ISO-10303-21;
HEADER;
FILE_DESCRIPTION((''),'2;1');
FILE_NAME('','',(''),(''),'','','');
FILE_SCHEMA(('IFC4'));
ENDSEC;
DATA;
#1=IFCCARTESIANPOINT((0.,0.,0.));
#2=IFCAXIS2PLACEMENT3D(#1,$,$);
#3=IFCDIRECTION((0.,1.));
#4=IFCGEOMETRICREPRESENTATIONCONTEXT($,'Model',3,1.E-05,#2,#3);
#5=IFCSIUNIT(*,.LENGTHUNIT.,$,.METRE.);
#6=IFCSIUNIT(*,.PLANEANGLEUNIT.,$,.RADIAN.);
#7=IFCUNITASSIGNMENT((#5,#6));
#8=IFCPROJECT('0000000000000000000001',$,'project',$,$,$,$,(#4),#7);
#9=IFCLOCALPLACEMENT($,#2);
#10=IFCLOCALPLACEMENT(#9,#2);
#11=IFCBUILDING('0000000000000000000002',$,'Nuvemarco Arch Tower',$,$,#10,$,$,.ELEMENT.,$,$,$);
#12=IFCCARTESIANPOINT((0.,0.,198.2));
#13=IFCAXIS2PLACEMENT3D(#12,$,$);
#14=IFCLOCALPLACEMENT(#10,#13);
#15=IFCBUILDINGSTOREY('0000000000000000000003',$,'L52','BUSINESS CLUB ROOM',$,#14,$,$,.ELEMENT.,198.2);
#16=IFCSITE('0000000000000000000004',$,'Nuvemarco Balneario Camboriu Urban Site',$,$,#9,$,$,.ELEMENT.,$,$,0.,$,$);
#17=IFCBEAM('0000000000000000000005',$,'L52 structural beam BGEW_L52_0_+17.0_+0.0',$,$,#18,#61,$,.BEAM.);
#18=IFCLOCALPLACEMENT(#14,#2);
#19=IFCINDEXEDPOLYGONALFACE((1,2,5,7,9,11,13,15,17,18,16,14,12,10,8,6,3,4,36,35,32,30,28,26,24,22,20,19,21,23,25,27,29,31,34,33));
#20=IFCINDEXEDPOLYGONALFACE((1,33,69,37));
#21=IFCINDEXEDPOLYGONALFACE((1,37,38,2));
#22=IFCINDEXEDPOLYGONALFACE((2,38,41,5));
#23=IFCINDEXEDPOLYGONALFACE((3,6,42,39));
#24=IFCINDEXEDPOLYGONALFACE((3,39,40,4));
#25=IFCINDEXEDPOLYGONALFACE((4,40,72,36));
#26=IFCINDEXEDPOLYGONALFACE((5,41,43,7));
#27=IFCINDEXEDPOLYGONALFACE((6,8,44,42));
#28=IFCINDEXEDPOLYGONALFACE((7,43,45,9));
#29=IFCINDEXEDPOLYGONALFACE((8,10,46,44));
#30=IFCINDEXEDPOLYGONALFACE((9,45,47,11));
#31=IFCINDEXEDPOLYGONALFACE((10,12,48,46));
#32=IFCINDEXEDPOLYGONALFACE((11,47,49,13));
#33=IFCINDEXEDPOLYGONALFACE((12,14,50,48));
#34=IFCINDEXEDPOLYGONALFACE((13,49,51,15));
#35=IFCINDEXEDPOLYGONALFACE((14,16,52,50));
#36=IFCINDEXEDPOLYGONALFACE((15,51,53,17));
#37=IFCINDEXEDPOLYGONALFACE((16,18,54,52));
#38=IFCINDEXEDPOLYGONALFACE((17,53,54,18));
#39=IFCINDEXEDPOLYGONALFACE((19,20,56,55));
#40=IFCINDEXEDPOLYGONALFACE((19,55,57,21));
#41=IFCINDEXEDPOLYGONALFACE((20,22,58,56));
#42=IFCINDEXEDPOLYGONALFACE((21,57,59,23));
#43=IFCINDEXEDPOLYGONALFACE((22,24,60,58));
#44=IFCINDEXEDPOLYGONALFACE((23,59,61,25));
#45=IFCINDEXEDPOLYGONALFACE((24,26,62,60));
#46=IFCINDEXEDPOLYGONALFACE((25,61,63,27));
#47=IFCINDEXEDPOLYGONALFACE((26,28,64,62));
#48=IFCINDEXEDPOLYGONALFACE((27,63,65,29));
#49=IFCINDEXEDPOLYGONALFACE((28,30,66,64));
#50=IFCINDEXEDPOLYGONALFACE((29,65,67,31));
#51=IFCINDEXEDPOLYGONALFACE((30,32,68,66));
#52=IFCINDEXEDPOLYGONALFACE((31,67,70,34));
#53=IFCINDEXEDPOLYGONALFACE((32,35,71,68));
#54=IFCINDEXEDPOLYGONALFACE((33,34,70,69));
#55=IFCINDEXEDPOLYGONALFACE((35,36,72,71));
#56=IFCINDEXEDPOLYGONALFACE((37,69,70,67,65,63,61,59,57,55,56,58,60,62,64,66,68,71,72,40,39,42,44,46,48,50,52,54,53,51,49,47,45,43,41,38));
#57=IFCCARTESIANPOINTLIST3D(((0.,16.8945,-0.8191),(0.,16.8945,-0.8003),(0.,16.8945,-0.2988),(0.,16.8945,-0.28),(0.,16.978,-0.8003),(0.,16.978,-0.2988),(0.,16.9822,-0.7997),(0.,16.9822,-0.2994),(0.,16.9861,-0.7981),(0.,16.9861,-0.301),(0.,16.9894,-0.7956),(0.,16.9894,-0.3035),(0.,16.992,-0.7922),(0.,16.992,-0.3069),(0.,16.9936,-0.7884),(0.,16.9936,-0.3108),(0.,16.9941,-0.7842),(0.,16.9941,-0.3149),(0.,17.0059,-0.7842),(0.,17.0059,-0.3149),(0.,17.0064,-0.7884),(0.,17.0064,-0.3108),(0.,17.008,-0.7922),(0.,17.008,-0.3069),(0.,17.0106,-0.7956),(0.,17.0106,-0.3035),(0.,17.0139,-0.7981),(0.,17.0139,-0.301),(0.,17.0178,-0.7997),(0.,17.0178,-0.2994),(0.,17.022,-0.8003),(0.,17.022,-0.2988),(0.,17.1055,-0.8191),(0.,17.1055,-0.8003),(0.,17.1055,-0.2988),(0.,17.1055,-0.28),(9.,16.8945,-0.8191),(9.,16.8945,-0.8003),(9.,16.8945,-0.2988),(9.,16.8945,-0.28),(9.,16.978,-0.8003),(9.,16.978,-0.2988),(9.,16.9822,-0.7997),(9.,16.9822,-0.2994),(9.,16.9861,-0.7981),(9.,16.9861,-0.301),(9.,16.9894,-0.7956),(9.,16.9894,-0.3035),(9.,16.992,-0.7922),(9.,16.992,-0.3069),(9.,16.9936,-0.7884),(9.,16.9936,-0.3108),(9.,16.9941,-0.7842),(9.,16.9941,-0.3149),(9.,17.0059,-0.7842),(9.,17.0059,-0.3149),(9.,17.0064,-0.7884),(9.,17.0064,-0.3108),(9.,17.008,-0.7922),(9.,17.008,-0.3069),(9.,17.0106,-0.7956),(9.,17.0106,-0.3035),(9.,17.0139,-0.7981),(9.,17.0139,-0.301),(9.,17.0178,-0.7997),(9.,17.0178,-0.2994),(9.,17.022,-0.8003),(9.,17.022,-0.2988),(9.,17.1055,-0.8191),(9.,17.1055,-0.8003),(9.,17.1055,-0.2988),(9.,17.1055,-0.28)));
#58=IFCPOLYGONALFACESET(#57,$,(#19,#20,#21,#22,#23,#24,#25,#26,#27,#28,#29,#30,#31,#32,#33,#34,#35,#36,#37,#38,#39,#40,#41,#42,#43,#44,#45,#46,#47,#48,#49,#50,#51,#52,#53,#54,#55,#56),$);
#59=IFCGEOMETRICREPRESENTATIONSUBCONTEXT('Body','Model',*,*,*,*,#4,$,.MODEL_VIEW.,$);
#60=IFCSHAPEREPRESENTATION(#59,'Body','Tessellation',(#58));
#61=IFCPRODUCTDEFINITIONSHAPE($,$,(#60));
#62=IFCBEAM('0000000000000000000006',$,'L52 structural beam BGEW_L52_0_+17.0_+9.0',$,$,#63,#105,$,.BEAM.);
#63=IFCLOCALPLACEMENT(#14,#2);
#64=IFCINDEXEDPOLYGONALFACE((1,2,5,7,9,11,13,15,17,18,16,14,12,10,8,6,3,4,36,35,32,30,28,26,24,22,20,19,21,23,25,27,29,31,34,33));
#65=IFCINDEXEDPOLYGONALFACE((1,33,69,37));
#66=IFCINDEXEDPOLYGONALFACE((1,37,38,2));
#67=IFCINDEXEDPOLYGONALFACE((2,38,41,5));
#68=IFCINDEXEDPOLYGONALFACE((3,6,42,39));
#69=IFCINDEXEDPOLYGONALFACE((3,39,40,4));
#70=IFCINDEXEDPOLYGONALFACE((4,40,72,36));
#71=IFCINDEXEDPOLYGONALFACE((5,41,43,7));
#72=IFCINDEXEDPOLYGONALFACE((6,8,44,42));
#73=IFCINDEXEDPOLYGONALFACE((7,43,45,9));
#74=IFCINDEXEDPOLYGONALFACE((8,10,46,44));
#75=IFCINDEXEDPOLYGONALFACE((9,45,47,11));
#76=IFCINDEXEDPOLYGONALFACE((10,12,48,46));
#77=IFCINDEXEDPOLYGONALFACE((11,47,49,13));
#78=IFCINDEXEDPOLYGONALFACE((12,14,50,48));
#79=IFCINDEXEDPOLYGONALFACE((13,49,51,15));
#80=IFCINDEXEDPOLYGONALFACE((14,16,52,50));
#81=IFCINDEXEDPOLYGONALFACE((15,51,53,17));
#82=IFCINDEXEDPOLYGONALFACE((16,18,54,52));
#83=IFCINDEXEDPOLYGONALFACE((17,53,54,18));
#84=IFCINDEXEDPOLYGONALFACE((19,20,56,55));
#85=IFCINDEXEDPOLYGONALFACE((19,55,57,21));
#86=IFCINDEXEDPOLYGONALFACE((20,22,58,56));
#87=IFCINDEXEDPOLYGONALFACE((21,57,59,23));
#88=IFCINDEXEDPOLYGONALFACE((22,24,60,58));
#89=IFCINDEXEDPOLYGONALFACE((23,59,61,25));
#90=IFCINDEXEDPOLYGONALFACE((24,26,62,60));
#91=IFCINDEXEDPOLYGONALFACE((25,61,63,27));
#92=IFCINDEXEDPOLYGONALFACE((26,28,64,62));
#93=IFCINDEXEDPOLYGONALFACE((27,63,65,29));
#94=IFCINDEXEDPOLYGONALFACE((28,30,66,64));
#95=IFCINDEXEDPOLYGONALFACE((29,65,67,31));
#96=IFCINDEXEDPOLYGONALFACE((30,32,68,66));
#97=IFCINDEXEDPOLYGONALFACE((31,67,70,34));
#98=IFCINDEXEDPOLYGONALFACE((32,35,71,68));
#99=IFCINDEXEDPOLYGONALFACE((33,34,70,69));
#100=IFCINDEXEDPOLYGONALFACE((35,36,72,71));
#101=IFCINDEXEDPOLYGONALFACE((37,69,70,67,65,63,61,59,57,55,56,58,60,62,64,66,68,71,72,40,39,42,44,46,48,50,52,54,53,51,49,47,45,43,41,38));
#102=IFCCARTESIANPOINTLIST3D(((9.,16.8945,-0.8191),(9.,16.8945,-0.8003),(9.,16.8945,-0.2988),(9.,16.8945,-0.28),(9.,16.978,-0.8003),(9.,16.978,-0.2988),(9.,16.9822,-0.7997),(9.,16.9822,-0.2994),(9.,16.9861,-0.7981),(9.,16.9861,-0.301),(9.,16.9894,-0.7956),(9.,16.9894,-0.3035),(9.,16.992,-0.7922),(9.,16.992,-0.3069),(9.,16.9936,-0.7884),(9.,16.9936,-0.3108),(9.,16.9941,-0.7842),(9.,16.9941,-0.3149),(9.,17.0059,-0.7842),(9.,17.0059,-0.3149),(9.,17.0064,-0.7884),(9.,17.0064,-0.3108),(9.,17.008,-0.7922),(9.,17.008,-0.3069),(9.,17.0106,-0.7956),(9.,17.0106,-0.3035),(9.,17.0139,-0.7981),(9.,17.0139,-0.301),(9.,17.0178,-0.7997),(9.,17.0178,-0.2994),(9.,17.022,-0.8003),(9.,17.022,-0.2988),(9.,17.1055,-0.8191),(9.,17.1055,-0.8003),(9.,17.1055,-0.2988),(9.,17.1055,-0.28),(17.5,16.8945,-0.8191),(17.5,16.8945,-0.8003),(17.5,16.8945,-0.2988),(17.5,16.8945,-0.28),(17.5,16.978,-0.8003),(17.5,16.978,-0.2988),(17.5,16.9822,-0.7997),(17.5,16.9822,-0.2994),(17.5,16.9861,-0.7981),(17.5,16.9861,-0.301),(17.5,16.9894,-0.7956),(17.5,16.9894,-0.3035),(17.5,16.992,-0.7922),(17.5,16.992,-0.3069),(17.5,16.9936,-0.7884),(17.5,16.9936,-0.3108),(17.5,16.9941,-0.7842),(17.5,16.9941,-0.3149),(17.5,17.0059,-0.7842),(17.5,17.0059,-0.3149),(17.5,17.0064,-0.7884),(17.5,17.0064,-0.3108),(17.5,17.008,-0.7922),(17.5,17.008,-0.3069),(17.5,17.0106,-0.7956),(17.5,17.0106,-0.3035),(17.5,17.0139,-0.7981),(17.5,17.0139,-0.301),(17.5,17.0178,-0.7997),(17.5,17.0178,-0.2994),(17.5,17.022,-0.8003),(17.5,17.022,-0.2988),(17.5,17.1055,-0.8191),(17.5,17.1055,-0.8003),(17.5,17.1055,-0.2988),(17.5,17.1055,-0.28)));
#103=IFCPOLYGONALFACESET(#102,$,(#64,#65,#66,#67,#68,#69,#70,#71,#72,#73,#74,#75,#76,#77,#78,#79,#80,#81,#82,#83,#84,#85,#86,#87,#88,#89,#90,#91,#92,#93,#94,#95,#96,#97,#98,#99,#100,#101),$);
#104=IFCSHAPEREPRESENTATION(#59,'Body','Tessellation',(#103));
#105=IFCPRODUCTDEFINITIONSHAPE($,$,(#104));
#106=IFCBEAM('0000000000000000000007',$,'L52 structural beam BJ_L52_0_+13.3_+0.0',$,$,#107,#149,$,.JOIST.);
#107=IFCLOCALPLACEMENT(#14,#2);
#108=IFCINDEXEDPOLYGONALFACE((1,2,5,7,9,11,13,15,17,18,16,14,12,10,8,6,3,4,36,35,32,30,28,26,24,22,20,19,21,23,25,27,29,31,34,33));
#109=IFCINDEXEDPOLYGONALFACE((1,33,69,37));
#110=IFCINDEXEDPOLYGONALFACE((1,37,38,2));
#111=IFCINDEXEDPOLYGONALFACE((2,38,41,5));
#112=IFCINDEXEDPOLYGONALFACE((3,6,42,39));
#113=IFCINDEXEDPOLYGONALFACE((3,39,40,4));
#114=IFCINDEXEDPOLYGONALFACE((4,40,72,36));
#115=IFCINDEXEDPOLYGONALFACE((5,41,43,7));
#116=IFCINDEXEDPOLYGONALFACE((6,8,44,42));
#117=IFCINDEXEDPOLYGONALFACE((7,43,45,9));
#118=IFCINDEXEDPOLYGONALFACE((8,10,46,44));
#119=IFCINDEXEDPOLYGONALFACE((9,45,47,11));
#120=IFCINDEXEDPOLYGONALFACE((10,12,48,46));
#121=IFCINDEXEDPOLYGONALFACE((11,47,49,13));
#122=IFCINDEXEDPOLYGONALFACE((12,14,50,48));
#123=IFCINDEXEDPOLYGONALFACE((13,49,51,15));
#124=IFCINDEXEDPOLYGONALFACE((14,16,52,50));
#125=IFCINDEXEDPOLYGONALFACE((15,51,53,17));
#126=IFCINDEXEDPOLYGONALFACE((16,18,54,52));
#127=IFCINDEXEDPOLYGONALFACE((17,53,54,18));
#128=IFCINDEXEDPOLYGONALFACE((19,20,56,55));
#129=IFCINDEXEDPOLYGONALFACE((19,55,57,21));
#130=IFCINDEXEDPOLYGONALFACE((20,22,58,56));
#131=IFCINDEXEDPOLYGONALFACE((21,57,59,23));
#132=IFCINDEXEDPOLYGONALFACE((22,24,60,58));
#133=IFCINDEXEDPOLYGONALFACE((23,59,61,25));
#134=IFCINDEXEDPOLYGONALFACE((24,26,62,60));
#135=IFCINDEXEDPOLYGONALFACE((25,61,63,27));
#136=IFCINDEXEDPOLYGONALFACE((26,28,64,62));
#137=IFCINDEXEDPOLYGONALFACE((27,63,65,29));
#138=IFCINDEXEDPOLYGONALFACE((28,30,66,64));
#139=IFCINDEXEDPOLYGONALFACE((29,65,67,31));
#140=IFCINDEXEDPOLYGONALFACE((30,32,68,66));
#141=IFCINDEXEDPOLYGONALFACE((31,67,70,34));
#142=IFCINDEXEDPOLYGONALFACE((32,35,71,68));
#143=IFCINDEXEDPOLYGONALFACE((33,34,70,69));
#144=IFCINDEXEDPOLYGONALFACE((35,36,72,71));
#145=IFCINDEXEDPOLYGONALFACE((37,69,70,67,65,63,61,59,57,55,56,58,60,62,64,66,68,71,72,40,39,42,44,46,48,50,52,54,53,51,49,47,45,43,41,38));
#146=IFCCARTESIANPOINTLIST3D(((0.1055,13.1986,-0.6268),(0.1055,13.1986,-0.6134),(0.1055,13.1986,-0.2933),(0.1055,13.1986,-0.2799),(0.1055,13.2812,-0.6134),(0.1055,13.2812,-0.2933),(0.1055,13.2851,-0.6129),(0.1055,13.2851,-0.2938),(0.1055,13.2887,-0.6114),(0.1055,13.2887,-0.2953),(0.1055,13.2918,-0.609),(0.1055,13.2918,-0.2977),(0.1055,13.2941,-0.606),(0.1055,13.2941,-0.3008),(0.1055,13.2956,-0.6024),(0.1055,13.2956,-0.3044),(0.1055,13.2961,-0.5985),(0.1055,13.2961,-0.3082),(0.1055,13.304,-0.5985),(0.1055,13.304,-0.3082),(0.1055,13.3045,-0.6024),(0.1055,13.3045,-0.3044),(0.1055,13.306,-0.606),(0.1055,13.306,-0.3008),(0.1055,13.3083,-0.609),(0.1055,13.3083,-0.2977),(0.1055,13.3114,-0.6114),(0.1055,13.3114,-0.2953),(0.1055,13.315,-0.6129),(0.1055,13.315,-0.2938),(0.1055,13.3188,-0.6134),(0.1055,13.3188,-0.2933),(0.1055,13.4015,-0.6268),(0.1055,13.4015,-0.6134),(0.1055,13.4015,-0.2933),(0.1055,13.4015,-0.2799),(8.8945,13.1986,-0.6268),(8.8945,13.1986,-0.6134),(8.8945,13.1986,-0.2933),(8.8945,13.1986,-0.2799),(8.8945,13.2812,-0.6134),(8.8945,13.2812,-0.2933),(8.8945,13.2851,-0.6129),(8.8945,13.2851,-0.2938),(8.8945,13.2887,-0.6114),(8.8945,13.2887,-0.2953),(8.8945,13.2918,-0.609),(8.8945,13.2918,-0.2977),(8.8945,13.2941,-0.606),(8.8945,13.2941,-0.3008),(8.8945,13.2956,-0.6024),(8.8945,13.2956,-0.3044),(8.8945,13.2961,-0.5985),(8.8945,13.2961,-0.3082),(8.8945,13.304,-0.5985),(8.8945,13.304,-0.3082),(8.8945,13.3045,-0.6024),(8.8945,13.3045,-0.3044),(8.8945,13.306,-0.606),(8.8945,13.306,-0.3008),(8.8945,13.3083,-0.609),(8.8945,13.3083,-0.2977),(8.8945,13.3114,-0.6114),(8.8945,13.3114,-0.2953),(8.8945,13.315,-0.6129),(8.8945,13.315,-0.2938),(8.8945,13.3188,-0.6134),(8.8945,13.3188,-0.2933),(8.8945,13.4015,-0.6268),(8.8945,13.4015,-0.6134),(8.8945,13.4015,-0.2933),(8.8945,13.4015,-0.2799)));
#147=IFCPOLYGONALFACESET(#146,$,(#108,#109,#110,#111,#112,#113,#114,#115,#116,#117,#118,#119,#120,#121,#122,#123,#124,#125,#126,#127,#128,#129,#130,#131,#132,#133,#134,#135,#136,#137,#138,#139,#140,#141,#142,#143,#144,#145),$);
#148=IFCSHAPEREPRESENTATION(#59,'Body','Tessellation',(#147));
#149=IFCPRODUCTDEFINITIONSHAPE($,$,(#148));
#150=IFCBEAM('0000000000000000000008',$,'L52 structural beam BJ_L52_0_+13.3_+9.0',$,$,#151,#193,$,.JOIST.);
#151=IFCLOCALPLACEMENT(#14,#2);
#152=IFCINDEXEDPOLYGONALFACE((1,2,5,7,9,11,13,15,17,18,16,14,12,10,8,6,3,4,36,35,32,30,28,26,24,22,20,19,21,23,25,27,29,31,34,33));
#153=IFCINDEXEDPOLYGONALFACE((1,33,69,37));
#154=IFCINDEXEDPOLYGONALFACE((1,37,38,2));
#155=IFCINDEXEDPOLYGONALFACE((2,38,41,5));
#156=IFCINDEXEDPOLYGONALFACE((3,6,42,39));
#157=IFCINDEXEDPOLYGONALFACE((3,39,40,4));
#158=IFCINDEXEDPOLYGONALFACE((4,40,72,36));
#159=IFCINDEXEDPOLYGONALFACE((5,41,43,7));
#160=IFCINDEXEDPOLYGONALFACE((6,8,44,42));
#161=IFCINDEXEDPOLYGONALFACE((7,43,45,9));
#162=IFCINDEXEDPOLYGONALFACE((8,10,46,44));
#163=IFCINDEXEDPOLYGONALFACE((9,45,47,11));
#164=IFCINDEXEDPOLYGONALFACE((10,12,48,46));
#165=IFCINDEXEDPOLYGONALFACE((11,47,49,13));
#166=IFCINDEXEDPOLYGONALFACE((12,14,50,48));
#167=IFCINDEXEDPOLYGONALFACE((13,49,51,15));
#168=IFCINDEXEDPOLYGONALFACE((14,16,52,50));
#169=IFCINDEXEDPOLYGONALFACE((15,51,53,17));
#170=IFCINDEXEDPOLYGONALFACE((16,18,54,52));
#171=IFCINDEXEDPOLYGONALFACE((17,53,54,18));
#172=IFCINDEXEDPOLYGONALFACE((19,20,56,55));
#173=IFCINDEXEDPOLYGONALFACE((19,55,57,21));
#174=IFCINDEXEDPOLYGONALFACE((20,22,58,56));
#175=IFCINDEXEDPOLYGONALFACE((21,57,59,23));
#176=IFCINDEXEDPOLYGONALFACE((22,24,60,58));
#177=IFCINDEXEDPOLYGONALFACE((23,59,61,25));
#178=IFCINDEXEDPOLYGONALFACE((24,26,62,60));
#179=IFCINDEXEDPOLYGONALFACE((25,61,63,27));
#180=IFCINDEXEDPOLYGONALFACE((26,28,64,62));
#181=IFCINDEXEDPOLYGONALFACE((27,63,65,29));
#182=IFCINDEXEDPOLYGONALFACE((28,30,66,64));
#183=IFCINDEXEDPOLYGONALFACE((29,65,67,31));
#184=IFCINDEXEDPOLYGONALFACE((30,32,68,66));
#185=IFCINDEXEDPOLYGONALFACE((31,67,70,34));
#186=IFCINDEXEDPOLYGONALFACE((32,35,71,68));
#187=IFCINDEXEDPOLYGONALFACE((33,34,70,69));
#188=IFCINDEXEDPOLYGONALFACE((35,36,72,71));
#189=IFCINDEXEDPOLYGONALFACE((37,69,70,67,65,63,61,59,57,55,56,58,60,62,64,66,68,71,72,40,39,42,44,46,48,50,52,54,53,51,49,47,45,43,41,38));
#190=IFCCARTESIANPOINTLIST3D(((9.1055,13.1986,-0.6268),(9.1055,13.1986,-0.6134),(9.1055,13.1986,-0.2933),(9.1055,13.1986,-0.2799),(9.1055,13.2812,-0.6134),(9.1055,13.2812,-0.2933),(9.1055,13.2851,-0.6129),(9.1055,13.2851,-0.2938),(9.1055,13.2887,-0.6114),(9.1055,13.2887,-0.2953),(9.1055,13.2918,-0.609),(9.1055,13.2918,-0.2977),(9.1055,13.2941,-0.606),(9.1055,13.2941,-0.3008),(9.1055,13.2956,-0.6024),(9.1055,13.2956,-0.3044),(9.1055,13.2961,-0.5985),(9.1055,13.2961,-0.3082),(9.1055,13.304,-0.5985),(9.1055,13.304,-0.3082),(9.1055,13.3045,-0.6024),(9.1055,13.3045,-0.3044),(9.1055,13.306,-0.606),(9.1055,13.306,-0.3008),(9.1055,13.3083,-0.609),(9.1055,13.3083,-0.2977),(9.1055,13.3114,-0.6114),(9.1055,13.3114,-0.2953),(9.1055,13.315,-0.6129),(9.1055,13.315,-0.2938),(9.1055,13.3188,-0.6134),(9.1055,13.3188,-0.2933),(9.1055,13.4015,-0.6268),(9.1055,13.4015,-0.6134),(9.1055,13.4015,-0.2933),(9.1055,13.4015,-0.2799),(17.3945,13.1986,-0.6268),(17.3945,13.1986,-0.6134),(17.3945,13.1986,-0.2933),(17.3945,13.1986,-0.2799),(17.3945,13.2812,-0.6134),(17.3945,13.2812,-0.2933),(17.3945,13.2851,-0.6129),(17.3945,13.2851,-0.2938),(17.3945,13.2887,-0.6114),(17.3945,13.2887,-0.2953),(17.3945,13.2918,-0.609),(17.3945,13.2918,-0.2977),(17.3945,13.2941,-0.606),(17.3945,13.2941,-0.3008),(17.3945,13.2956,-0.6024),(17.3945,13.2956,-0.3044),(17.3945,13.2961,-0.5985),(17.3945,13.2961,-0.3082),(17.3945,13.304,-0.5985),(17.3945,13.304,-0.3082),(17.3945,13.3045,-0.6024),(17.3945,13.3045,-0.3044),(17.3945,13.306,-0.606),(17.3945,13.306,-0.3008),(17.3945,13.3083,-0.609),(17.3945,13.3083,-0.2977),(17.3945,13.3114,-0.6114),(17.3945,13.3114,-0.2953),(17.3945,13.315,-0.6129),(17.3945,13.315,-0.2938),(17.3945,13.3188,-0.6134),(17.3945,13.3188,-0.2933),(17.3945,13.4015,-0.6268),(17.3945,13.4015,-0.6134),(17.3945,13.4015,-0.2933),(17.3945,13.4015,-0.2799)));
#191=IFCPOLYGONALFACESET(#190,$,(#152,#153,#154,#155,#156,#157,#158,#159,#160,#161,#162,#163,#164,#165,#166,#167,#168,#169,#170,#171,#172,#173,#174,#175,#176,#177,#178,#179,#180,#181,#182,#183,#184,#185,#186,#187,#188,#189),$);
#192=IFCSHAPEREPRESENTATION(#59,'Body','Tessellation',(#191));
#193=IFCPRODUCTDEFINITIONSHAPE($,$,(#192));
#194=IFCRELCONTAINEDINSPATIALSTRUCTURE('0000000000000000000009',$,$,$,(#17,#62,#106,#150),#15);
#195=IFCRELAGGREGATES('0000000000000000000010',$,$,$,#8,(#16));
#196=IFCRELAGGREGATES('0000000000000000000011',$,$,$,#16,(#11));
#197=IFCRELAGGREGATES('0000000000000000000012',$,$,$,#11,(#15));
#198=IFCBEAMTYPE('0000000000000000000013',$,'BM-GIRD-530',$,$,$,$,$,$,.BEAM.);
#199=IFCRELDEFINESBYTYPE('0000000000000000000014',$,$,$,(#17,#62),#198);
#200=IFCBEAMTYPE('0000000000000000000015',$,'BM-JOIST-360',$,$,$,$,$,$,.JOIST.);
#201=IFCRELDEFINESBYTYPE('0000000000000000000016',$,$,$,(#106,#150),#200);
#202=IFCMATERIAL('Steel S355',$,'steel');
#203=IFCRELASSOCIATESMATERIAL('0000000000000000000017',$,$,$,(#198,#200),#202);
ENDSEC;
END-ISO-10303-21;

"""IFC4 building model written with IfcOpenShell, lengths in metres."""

from ifc_helpers import new_model, si_unit, direction, frame, origin, origin_2d, place, context, subcontext, project, spatial, i_section, extrude, material, material_profile, profile_set, type_object, element, save


model = new_model("IFC4")

# Units and contexts
model_context = context("Model", 3, precision=1e-05, world=origin(), true_north=direction((0.0, 1.0)))
body_context = subcontext(model_context, "Body", "Model", "MODEL_VIEW")
ifc_project = project(units=[si_unit("LENGTHUNIT", "METRE"), si_unit("PLANEANGLEUNIT", "RADIAN")], contexts=[model_context])

# Site, building, storey
site_placement = place(None, origin())
site = spatial("IfcSite", under=ifc_project, at=site_placement, Name="Nuvemarco Balneario Camboriu Urban Site", CompositionType="ELEMENT", RefElevation=0.0)
building_placement = place(site_placement, origin())
building = spatial("IfcBuilding", under=site, at=building_placement, Name="Nuvemarco Arch Tower", CompositionType="ELEMENT")
storey_placement = place(building_placement, frame((0.0, 0.0, 198.2)))
storey = spatial("IfcBuildingStorey", under=building, at=storey_placement, Name="L52", Description="BUSINESS CLUB ROOM", CompositionType="ELEMENT", Elevation=198.2)

# Shared definitions
ifc_material_1 = material(Name="Steel S355", Category="steel")

# Beams
ifc_material_profile_1 = material_profile(ifc_material_1, i_section(OverallWidth=0.2109, OverallDepth=0.5391, WebThickness=0.0117, FlangeThickness=0.0188, FilletRadius=0.0161, at=origin_2d()), Name="W530x109")
ifc_profile_set_1 = profile_set([ifc_material_profile_1], Name="Steel S355")
beam_type_1 = type_object("IfcBeamType", Name="BM-GIRD-530", PredefinedType="BEAM", material=ifc_profile_set_1)
beam_1_placement = place(storey_placement, frame((0.0, 17.0, -0.5496), z_axis=(1.0, 0.0, 0.0), x_axis=(0.0, 1.0, 0.0)))
element("IfcBeam", 1, at=beam_1_placement, inside=storey, type_object=beam_type_1, Name="L52 structural beam BGEW_L52_0_+17.0_+0.0", PredefinedType="BEAM", context=body_context, shape_type="SweptSolid", body=[
    extrude(i_section(OverallWidth=0.2109, OverallDepth=0.5391, WebThickness=0.0117, FlangeThickness=0.0188, FilletRadius=0.0161, at=origin_2d()), origin(), (0.0, 0.0, 1.0), 9.0),
])
beam_2_placement = place(storey_placement, frame((9.0, 17.0, -0.5496), z_axis=(1.0, 0.0, 0.0), x_axis=(0.0, 1.0, 0.0)))
element("IfcBeam", 2, at=beam_2_placement, inside=storey, type_object=beam_type_1, Name="L52 structural beam BGEW_L52_0_+17.0_+9.0", PredefinedType="BEAM", context=body_context, shape_type="SweptSolid", body=[
    extrude(i_section(OverallWidth=0.2109, OverallDepth=0.5391, WebThickness=0.0117, FlangeThickness=0.0188, FilletRadius=0.0161, at=origin_2d()), origin(), (0.0, 0.0, 1.0), 8.5),
])
ifc_material_profile_2 = material_profile(ifc_material_1, i_section(OverallWidth=0.2029, OverallDepth=0.3469, WebThickness=0.0078, FlangeThickness=0.0134, FilletRadius=0.0149, at=origin_2d()), Name="W360x64")
ifc_profile_set_2 = profile_set([ifc_material_profile_2], Name="Steel S355")
beam_type_2 = type_object("IfcBeamType", Name="BM-JOIST-360", PredefinedType="JOIST", material=ifc_profile_set_2)
beam_3_placement = place(storey_placement, frame((0.1055, 13.3, -0.4534), z_axis=(1.0, 0.0, 0.0), x_axis=(0.0, 1.0, 0.0)))
element("IfcBeam", 3, at=beam_3_placement, inside=storey, type_object=beam_type_2, Name="L52 structural beam BJ_L52_0_+13.3_+0.0", PredefinedType="JOIST", context=body_context, shape_type="SweptSolid", body=[
    extrude(i_section(OverallWidth=0.2029, OverallDepth=0.3469, WebThickness=0.0078, FlangeThickness=0.0134, FilletRadius=0.0149, at=origin_2d()), origin(), (0.0, 0.0, 1.0), 8.7891),
])
beam_4_placement = place(storey_placement, frame((9.1055, 13.3, -0.4534), z_axis=(1.0, 0.0, 0.0), x_axis=(0.0, 1.0, 0.0)))
element("IfcBeam", 4, at=beam_4_placement, inside=storey, type_object=beam_type_2, Name="L52 structural beam BJ_L52_0_+13.3_+9.0", PredefinedType="JOIST", context=body_context, shape_type="SweptSolid", body=[
    extrude(i_section(OverallWidth=0.2029, OverallDepth=0.3469, WebThickness=0.0078, FlangeThickness=0.0134, FilletRadius=0.0149, at=origin_2d()), origin(), (0.0, 0.0, 1.0), 8.2891),
])

save(model, "model.ifc")
